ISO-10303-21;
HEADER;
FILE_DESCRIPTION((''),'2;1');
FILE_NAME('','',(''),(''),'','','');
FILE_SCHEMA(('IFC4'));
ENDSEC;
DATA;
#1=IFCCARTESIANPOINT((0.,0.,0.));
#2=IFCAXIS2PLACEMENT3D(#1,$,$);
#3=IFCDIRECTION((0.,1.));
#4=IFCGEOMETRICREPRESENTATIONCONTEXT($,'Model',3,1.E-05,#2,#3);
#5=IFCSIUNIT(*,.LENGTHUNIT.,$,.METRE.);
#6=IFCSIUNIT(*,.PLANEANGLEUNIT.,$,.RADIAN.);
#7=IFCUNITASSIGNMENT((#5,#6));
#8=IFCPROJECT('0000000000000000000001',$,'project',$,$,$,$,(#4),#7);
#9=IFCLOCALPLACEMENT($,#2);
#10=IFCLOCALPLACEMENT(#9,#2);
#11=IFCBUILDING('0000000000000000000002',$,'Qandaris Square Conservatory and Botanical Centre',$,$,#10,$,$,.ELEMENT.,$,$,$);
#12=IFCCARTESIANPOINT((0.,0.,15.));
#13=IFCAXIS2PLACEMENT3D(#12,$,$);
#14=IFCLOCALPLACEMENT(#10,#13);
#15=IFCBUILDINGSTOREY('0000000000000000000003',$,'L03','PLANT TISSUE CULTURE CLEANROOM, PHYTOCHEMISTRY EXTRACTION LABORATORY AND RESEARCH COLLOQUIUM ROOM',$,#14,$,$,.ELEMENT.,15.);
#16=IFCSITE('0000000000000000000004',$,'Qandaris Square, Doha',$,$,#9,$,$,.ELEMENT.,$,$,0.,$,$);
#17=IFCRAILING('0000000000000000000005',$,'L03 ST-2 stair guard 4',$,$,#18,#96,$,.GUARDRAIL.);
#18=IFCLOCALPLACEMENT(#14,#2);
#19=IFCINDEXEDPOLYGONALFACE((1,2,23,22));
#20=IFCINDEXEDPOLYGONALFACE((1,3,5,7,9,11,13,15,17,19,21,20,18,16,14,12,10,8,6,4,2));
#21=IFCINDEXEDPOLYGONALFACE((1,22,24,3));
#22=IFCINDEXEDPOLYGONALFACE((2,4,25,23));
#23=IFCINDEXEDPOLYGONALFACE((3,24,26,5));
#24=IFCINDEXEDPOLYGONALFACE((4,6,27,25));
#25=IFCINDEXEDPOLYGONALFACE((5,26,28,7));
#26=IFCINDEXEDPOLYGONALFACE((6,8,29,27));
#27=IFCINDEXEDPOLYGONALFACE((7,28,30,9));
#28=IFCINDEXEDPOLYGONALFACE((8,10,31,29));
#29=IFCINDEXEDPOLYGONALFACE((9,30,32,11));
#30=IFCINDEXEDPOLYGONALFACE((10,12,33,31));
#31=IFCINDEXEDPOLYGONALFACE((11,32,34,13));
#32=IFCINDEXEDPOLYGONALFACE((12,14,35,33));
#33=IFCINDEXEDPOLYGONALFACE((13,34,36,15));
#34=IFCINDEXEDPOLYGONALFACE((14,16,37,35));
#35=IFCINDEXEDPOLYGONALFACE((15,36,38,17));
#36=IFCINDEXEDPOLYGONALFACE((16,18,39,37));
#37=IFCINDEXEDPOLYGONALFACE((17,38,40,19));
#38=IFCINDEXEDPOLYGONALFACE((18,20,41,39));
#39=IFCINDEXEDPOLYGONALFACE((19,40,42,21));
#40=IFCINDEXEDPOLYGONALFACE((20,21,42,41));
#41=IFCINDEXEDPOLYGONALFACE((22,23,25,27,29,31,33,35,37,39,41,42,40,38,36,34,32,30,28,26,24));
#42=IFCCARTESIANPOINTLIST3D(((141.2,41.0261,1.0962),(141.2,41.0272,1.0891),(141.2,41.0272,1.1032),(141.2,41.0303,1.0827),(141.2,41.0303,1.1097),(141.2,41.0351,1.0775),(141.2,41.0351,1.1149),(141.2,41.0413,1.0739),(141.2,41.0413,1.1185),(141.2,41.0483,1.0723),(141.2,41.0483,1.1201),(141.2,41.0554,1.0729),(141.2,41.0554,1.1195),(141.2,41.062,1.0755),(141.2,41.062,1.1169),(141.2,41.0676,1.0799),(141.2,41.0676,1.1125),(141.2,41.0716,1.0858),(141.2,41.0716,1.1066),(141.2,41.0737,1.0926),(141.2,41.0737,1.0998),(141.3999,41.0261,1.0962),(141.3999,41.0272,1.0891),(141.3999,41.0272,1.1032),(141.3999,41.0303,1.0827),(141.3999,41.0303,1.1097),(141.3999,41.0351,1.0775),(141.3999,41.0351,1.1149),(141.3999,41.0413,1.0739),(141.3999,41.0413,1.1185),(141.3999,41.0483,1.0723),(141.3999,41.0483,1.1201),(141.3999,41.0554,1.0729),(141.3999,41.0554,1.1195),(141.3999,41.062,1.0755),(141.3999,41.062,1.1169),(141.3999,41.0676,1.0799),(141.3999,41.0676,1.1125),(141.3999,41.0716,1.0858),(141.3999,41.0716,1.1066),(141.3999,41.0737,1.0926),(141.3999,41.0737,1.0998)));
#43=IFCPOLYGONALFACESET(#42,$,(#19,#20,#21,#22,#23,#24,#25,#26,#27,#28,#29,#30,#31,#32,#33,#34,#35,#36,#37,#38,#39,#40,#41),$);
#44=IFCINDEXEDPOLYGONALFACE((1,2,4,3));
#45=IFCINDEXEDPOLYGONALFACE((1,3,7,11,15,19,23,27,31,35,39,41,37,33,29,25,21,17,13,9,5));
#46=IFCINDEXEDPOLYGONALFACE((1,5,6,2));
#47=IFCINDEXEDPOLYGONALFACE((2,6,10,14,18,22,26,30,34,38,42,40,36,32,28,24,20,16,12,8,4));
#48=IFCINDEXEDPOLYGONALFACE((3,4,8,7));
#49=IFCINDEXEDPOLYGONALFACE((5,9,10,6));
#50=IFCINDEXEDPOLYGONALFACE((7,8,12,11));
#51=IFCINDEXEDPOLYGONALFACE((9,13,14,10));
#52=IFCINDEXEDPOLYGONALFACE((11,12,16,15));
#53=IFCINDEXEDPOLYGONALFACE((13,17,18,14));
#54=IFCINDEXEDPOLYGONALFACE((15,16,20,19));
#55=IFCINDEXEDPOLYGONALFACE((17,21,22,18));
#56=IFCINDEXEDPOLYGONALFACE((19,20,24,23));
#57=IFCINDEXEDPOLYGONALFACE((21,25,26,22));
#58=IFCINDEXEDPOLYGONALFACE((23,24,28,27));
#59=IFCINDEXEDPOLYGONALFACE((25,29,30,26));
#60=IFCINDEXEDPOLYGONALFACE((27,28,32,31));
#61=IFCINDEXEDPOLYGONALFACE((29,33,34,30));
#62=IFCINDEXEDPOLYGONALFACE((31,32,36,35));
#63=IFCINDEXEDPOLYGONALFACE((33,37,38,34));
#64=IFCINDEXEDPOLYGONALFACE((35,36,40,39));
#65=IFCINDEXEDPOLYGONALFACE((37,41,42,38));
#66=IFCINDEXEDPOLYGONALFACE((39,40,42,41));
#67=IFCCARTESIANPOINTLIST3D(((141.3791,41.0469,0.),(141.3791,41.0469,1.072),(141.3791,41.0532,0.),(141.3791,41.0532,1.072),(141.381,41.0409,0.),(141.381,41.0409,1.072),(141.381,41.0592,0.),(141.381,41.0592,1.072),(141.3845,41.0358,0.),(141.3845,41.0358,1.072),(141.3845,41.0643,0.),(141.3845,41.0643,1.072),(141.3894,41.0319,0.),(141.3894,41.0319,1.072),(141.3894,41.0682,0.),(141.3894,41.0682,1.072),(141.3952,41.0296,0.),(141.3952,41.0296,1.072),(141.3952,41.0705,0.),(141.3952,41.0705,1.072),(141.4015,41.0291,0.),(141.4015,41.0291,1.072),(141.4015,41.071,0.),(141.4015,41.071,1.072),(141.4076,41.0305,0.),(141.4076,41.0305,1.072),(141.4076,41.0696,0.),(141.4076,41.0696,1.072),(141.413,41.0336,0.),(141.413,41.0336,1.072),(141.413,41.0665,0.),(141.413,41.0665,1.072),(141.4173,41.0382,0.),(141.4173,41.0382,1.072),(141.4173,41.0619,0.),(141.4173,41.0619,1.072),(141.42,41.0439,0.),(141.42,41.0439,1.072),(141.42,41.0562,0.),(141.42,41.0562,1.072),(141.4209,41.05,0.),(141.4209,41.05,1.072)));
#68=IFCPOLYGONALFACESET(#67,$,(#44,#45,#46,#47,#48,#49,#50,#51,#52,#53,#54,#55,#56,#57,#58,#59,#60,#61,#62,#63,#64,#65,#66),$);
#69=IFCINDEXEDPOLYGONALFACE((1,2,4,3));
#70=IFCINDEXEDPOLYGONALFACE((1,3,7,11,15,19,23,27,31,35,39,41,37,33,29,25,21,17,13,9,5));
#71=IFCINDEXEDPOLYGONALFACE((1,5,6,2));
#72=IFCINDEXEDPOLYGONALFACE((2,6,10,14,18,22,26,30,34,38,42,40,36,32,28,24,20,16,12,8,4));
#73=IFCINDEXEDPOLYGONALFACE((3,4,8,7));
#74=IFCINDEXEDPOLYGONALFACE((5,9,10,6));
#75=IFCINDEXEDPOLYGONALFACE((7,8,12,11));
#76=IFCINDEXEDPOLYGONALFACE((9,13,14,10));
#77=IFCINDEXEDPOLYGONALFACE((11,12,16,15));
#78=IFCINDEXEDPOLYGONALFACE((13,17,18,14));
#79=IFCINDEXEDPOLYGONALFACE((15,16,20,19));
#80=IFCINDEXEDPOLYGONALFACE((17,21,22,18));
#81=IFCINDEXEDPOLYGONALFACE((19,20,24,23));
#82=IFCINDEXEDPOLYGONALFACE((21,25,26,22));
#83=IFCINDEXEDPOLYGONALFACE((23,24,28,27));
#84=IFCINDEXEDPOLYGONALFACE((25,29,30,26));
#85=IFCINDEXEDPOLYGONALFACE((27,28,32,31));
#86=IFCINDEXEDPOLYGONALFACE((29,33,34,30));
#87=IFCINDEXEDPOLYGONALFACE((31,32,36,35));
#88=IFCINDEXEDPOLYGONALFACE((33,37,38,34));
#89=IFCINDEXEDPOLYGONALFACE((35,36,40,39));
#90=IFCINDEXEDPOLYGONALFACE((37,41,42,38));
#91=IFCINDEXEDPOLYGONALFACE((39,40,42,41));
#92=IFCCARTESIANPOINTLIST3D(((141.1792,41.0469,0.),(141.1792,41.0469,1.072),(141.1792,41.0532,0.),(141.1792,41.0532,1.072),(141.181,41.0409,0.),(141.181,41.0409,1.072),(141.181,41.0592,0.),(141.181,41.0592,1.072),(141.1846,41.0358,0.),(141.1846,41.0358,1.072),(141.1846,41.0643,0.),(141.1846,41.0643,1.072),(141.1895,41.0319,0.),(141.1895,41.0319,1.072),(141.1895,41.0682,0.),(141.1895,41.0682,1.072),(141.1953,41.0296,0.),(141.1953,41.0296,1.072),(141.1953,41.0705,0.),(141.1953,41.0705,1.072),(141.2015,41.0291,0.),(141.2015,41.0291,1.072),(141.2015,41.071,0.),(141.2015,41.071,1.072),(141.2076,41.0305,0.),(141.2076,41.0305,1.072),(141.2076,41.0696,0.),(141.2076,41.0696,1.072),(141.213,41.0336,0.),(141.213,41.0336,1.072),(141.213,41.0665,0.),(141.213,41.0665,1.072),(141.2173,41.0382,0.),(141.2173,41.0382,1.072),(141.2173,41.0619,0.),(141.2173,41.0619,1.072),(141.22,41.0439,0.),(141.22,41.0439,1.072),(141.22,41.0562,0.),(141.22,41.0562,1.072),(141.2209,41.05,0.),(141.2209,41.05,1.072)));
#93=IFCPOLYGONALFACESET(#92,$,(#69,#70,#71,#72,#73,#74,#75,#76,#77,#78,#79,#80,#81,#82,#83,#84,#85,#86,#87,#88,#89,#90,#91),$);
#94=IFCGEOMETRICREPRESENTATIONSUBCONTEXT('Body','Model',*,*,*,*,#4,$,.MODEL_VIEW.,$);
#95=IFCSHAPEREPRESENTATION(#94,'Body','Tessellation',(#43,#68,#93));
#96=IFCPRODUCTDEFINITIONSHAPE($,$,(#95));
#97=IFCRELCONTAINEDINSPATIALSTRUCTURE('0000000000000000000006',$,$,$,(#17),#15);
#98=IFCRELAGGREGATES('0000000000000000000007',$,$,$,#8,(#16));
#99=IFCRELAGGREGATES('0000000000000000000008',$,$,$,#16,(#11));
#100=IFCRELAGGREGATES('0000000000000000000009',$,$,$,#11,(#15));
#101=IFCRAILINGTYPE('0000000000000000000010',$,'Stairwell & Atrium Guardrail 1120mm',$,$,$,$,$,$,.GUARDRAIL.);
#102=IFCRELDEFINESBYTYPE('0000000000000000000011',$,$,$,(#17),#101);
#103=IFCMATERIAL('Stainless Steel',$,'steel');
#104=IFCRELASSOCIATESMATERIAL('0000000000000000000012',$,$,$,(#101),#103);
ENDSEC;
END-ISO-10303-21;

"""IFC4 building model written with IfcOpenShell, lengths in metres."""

from ifc_helpers import new_model, si_unit, direction, frame, origin, origin_2d, place, context, subcontext, project, spatial, circle, extrude, material, type_object, element, save


model = new_model("IFC4")

# Units and contexts
model_context = context("Model", 3, precision=1e-05, world=origin(), true_north=direction((0.0, 1.0)))
body_context = subcontext(model_context, "Body", "Model", "MODEL_VIEW")
ifc_project = project(units=[si_unit("LENGTHUNIT", "METRE"), si_unit("PLANEANGLEUNIT", "RADIAN")], contexts=[model_context])

# Site, building, storey
site_placement = place(None, origin())
site = spatial("IfcSite", under=ifc_project, at=site_placement, Name="Qandaris Square, Doha", CompositionType="ELEMENT", RefElevation=0.0)
building_placement = place(site_placement, origin())
building = spatial("IfcBuilding", under=site, at=building_placement, Name="Qandaris Square Conservatory and Botanical Centre", CompositionType="ELEMENT")
storey_placement = place(building_placement, frame((0.0, 0.0, 15.0)))
storey = spatial("IfcBuildingStorey", under=building, at=storey_placement, Name="L03", Description="PLANT TISSUE CULTURE CLEANROOM, PHYTOCHEMISTRY EXTRACTION LABORATORY AND RESEARCH COLLOQUIUM ROOM", CompositionType="ELEMENT", Elevation=15.0)

# Railing
ifc_material_1 = material(Name="Stainless Steel", Category="steel")
railing_type_1 = type_object("IfcRailingType", Name="Stairwell & Atrium Guardrail 1120mm", PredefinedType="GUARDRAIL", material=ifc_material_1)
railing_1_placement = place(storey_placement, frame((141.3999, 41.05, 0.0)))
element("IfcRailing", 1, at=railing_1_placement, inside=storey, type_object=railing_type_1, Name="L03 ST-2 stair guard 4", PredefinedType="GUARDRAIL", context=body_context, shape_type="SweptSolid", body=[
    extrude(circle(Radius=0.0239, at=origin_2d()), frame((0.0, 0.0, 1.0962), z_axis=(-1.0, 0.0, 0.0), x_axis=(0.0, -1.0, 0.0)), (0.0, 0.0, 1.0), 0.2),
    extrude(circle(Radius=0.021, at=origin_2d()), origin(), (0.0, 0.0, 1.0), 1.072),
    extrude(circle(Radius=0.021, at=origin_2d()), frame((-0.2, 0.0, 0.0)), (0.0, 0.0, 1.0), 1.072),
])

save(model, "model.ifc")
